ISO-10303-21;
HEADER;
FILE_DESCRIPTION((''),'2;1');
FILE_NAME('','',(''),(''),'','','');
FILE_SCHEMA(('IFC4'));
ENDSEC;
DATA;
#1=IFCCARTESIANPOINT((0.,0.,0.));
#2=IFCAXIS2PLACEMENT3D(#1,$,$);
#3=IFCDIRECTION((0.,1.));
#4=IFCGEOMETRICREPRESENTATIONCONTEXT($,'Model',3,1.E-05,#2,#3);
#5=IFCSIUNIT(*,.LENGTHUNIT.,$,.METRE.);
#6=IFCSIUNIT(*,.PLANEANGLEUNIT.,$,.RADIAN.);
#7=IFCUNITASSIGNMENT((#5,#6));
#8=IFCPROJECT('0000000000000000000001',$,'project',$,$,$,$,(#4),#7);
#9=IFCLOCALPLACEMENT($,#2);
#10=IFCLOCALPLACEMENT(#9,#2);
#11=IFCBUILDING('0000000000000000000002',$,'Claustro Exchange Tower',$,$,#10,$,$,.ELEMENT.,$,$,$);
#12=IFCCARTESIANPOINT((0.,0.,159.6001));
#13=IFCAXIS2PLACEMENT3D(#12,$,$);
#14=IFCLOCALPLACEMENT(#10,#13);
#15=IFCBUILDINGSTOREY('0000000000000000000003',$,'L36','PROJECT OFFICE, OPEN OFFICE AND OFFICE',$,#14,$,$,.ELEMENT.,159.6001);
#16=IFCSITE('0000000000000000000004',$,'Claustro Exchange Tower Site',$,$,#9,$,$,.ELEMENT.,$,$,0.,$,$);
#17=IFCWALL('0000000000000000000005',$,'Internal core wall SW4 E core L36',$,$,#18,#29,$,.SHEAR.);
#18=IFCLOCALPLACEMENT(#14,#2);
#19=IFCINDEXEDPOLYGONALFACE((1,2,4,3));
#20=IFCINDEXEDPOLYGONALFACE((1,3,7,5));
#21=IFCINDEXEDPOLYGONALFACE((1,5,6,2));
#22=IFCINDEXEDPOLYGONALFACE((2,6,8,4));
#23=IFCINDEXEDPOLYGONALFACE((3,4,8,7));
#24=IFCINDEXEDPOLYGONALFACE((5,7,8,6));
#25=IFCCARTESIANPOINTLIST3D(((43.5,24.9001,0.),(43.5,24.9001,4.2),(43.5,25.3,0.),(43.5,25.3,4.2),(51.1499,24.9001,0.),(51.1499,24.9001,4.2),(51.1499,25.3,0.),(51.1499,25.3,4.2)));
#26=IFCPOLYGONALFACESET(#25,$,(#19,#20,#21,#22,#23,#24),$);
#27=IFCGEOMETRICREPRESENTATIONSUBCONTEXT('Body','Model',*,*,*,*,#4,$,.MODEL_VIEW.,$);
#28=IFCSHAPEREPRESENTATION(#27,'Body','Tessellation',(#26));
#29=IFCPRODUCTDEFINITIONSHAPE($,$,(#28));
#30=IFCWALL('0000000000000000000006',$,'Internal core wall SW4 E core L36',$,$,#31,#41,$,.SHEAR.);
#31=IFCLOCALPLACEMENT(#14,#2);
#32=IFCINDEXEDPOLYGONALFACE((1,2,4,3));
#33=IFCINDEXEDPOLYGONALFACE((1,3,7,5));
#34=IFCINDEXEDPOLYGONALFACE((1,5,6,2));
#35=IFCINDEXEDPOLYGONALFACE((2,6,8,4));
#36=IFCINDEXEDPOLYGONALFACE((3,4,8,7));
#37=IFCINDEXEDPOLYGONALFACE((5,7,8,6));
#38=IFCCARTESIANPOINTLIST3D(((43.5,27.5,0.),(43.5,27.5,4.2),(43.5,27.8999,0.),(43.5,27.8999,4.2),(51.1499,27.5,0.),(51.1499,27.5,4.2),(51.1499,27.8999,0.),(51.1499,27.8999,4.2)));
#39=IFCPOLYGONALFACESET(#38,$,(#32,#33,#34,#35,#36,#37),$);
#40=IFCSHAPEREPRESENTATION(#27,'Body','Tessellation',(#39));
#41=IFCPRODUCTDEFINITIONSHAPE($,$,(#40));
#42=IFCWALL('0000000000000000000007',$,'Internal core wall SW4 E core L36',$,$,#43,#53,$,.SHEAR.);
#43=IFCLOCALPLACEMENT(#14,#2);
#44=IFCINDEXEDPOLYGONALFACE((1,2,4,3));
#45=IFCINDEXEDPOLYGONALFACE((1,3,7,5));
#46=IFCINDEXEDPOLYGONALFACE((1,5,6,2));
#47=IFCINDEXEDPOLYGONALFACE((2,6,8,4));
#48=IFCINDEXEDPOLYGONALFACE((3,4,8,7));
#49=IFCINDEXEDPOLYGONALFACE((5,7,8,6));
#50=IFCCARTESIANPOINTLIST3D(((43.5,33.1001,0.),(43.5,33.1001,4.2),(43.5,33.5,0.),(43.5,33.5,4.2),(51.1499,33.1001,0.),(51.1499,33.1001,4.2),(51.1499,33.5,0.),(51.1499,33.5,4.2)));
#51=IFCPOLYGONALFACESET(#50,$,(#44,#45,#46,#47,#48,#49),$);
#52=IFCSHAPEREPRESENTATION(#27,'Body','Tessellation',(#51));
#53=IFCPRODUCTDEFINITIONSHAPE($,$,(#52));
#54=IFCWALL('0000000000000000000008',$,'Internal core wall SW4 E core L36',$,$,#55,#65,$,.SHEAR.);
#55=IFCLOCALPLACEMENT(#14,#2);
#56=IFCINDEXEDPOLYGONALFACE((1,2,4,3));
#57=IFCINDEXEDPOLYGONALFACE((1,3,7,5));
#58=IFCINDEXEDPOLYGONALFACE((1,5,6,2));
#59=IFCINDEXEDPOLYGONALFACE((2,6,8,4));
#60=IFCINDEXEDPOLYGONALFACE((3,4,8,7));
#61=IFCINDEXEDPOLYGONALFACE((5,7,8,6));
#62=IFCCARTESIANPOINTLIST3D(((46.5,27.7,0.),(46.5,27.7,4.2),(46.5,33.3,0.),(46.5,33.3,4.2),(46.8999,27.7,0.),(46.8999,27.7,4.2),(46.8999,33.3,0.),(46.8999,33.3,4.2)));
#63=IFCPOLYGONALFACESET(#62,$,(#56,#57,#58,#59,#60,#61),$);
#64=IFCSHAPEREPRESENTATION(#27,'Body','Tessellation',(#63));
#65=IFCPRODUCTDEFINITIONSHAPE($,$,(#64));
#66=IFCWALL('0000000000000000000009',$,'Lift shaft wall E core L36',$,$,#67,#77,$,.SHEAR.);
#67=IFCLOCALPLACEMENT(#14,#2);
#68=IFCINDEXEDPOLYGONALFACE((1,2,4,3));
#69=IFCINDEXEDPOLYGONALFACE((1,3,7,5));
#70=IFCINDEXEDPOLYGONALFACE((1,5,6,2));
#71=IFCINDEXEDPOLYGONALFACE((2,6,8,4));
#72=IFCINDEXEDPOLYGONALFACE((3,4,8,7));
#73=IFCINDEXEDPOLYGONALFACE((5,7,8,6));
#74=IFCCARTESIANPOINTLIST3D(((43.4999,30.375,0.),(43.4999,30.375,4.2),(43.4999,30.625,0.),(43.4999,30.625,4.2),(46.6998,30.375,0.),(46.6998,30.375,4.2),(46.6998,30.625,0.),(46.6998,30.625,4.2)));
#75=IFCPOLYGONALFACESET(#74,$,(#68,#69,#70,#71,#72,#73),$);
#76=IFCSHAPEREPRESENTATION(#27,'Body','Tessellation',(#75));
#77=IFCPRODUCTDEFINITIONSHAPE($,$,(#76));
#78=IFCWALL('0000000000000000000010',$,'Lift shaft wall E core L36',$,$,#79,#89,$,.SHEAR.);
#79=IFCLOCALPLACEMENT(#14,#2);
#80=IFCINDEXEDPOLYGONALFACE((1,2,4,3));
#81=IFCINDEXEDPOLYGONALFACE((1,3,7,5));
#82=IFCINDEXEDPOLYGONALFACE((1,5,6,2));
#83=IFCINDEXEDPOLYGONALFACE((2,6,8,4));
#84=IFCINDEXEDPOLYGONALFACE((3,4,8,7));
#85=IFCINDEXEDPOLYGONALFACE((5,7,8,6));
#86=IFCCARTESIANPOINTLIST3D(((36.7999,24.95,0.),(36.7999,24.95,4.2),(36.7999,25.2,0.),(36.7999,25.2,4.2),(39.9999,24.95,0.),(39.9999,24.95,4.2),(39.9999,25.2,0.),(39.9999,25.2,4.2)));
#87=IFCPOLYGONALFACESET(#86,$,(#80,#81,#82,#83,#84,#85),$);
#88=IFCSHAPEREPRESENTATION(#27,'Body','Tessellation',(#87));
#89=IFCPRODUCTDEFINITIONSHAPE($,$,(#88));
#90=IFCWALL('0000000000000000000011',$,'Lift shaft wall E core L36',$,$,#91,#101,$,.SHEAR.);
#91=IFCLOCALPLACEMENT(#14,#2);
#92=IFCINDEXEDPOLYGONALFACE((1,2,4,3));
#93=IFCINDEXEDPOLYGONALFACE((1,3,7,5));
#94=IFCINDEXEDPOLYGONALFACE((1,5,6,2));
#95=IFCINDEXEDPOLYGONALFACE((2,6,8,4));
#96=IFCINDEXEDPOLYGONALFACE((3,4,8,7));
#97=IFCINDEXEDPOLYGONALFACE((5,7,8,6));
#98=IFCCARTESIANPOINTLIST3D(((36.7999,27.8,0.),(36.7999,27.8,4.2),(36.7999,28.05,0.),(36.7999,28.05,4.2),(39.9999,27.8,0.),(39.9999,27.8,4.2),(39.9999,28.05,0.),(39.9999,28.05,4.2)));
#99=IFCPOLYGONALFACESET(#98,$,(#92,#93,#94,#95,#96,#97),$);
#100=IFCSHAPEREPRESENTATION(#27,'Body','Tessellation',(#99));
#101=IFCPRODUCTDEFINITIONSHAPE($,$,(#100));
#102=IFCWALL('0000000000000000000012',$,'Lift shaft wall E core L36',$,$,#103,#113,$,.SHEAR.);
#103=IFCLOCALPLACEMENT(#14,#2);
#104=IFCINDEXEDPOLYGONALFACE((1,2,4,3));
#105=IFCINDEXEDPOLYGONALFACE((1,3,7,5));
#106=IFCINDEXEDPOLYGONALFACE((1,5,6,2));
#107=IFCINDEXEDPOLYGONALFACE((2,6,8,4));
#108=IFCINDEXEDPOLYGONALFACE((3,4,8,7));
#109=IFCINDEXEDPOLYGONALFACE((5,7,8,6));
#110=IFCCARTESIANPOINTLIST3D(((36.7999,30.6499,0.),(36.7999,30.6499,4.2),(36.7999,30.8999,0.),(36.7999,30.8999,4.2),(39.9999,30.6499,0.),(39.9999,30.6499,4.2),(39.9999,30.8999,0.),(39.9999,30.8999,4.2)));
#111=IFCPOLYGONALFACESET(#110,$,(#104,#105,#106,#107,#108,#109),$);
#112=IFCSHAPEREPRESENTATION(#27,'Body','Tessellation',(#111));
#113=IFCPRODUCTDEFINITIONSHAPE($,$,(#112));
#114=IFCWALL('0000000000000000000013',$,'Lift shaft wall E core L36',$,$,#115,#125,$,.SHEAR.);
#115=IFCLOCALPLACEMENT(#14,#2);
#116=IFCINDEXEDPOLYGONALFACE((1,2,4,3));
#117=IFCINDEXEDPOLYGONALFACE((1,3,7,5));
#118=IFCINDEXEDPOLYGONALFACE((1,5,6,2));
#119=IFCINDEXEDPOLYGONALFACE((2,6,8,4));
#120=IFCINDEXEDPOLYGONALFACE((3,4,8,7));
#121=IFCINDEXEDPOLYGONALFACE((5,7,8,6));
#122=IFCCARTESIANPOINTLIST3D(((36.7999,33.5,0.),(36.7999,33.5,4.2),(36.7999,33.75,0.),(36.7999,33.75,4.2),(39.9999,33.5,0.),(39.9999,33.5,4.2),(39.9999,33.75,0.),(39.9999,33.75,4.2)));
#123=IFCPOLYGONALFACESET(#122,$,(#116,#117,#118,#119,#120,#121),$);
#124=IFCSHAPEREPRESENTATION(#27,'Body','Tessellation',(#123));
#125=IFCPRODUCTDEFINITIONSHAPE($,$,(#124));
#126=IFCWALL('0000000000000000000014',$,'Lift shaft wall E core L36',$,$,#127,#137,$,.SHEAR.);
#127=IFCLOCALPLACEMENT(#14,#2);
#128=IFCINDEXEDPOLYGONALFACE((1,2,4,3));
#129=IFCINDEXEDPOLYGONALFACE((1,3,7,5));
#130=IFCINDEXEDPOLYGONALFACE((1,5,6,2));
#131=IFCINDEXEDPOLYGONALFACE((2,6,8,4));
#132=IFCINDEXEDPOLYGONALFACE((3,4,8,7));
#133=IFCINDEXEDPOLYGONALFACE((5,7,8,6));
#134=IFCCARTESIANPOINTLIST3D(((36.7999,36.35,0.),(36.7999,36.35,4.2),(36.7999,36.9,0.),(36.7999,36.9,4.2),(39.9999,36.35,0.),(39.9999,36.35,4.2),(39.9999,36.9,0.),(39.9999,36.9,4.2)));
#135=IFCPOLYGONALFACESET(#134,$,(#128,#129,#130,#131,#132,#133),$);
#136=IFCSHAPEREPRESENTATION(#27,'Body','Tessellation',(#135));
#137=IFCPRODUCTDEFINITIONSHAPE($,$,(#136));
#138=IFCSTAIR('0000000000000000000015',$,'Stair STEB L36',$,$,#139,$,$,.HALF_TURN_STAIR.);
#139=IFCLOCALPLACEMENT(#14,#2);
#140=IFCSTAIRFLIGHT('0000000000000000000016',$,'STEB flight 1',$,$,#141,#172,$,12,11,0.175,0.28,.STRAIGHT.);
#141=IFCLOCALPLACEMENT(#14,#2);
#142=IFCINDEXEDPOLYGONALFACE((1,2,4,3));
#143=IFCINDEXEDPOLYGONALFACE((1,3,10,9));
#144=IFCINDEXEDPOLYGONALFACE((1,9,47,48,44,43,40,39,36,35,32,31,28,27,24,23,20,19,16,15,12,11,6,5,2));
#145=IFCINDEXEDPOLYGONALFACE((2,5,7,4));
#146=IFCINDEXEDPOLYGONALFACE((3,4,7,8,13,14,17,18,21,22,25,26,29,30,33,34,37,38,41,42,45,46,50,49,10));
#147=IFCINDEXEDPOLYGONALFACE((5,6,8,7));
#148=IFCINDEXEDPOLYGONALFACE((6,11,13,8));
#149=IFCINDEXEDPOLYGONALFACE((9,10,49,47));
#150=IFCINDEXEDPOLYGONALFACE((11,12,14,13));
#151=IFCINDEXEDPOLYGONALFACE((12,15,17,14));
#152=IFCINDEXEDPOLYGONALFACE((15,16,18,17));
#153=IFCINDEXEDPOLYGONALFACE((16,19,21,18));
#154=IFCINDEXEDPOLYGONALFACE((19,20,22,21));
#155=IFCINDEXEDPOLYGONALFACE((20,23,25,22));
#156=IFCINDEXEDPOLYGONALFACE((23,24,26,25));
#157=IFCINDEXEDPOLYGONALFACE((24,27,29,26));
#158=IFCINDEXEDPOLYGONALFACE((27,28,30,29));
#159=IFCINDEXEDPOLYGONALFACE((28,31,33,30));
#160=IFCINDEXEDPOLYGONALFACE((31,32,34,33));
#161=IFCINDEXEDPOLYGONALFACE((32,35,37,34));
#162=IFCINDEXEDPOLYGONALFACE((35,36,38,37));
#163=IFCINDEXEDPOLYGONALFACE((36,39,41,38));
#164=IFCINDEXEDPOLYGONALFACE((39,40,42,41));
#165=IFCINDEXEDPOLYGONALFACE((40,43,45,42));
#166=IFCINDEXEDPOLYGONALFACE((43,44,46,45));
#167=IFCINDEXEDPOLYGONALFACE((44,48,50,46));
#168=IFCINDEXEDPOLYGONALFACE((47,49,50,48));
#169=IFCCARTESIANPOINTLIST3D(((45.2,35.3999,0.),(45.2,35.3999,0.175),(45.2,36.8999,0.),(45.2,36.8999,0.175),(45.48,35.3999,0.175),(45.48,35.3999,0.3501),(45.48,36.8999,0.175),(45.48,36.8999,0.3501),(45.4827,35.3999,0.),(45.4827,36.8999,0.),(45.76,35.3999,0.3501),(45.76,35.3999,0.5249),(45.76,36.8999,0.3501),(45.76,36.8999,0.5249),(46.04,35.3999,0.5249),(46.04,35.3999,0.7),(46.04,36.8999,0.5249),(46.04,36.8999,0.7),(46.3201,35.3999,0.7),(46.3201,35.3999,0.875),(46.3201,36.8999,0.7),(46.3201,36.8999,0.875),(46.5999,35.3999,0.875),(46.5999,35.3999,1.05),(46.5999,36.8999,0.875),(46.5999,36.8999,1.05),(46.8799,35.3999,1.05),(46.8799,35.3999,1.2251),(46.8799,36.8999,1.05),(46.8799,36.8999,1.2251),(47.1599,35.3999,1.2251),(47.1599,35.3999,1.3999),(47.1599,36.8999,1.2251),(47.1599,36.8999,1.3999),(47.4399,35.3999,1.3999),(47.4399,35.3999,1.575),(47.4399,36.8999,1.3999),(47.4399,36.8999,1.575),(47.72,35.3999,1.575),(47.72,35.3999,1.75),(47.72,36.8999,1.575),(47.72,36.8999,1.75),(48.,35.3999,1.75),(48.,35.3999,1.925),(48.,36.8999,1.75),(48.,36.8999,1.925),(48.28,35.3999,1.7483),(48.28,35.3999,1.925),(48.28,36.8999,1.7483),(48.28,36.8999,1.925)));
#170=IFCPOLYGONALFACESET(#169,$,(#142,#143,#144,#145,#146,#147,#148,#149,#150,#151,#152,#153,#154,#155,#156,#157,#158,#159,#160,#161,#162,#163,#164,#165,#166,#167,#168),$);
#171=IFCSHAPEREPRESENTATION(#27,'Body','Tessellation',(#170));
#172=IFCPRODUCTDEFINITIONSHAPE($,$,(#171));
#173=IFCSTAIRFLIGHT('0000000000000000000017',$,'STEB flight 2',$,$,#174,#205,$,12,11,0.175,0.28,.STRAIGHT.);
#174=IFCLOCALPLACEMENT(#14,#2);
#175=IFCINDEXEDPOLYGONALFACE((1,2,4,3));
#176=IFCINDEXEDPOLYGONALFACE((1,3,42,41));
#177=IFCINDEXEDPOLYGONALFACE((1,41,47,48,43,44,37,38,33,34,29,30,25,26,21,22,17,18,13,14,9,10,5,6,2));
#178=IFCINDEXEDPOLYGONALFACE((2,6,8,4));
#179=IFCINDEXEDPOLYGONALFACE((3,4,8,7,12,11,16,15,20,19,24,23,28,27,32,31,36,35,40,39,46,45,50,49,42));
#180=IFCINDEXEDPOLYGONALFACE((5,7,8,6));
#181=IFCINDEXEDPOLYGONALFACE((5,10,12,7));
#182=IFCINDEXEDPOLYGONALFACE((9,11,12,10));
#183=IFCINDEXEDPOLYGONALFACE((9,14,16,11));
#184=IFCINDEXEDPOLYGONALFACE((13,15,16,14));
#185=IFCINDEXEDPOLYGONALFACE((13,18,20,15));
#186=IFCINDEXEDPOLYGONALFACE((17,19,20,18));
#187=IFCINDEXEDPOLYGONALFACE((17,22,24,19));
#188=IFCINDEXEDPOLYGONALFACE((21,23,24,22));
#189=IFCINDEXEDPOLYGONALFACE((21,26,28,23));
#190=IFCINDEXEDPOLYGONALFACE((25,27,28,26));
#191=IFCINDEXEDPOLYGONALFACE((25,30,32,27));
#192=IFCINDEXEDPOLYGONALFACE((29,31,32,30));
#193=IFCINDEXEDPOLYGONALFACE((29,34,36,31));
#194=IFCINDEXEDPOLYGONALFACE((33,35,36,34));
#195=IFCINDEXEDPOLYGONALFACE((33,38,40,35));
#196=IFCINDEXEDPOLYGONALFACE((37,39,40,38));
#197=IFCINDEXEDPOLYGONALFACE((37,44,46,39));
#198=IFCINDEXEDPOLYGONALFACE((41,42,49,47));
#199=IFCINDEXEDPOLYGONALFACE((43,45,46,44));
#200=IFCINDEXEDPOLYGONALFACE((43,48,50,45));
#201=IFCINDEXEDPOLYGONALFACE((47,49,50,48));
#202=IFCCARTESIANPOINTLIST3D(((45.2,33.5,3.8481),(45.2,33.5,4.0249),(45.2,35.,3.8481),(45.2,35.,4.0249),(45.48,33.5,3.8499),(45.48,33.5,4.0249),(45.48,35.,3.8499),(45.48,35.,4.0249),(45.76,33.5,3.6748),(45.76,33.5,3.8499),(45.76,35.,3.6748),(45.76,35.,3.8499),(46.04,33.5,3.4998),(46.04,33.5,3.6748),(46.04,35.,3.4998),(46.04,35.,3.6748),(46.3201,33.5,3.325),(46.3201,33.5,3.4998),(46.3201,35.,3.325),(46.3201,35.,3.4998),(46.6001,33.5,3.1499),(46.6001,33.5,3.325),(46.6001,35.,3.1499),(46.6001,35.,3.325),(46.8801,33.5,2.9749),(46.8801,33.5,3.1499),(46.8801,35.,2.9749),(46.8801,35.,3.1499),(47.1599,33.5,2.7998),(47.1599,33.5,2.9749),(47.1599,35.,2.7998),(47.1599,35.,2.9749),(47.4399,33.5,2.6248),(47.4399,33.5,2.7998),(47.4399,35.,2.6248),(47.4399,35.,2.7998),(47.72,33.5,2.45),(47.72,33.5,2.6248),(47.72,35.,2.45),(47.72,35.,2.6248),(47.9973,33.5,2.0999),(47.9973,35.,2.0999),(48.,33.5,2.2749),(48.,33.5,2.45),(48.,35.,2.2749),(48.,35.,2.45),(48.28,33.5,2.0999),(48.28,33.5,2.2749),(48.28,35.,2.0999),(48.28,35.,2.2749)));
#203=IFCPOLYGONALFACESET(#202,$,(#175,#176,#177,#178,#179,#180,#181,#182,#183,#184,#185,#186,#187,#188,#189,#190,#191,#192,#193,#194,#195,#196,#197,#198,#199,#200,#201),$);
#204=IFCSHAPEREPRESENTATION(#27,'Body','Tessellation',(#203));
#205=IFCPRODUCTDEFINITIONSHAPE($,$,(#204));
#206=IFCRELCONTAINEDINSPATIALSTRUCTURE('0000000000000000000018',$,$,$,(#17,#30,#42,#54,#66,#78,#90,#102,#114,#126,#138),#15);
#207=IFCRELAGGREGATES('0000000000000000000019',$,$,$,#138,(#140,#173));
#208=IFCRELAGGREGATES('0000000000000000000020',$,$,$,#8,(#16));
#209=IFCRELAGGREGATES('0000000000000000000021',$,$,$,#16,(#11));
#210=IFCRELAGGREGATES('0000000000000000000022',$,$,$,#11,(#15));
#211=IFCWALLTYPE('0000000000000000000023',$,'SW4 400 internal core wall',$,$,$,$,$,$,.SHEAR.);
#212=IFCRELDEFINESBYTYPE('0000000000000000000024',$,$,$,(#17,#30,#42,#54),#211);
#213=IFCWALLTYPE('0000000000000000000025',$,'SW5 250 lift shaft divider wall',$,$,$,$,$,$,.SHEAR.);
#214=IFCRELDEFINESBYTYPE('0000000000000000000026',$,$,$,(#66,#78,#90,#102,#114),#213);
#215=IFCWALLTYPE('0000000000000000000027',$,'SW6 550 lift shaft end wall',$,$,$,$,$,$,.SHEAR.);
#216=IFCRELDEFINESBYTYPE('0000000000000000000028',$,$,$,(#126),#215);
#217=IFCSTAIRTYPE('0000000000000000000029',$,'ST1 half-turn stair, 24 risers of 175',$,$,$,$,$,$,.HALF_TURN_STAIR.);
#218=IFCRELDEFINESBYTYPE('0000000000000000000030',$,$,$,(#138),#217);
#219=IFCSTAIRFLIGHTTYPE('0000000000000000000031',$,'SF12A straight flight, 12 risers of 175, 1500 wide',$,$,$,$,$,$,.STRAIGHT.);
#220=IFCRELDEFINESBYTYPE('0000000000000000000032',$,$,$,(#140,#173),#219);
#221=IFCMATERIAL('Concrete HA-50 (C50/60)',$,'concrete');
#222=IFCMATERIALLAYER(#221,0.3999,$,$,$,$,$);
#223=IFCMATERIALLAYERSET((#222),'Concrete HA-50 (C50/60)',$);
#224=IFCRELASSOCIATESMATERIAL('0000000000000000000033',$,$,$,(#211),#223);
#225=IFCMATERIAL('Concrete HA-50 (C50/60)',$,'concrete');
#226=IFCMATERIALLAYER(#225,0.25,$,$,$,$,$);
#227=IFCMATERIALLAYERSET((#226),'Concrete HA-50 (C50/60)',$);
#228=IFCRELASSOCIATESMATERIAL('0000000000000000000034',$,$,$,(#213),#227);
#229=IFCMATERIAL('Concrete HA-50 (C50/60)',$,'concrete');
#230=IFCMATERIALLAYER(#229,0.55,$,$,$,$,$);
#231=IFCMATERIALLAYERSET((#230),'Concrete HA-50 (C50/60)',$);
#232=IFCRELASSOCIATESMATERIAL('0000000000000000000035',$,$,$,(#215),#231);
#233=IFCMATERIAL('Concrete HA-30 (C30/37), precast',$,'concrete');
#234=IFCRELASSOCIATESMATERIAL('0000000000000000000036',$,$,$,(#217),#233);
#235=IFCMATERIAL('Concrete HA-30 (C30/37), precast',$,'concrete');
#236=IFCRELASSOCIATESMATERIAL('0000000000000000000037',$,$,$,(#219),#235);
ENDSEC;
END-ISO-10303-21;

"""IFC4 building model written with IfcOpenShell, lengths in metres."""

from ifc_helpers import new_model, si_unit, direction, frame, frame_2d, origin, place, context, subcontext, project, spatial, polyline, rectangle, outline, extrude, material, layer, layer_set, type_object, element, aggregate, save


model = new_model("IFC4")

# Units and contexts
model_context = context("Model", 3, precision=1e-05, world=origin(), true_north=direction((0.0, 1.0)))
body_context = subcontext(model_context, "Body", "Model", "MODEL_VIEW")
ifc_project = project(units=[si_unit("LENGTHUNIT", "METRE"), si_unit("PLANEANGLEUNIT", "RADIAN")], contexts=[model_context])

# Site, building, storey
site_placement = place(None, origin())
site = spatial("IfcSite", under=ifc_project, at=site_placement, Name="Claustro Exchange Tower Site", CompositionType="ELEMENT", RefElevation=0.0)
building_placement = place(site_placement, origin())
building = spatial("IfcBuilding", under=site, at=building_placement, Name="Claustro Exchange Tower", CompositionType="ELEMENT")
storey_placement = place(building_placement, frame((0.0, 0.0, 159.6001)))
storey = spatial("IfcBuildingStorey", under=building, at=storey_placement, Name="L36", Description="PROJECT OFFICE, OPEN OFFICE AND OFFICE", CompositionType="ELEMENT", Elevation=159.6001)

# Walls
ifc_material_1 = material(Name="Concrete HA-50 (C50/60)", Category="concrete")
ifc_layer_1 = layer(ifc_material_1, 0.3999)
ifc_layer_set_1 = layer_set([ifc_layer_1], Name="Concrete HA-50 (C50/60)")
wall_type_1 = type_object("IfcWallType", Name="SW4 400 internal core wall", PredefinedType="SHEAR", material=ifc_layer_set_1)
for number, where, z_axis, x_axis, name in (
    (1, (51.1499, 25.1001, 0.0), (0.0, 0.0, 1.0), (-1.0, 0.0, 0.0), "Internal core wall SW4 E core L36"),
    (2, (51.1499, 27.7, 0.0), (0.0, 0.0, 1.0), (-1.0, 0.0, 0.0), "Internal core wall SW4 E core L36"),
    (3, (51.1499, 33.3, 0.0), (0.0, 0.0, 1.0), (-1.0, 0.0, 0.0), "Internal core wall SW4 E core L36"),
):
    element("IfcWall", number, at=place(storey_placement, frame(where, z_axis=z_axis, x_axis=x_axis)), inside=storey, type_object=wall_type_1, Name=name, PredefinedType="SHEAR", context=body_context, shape_type="SweptSolid", body=[
        extrude(rectangle(XDim=7.6499, YDim=0.3999, at=frame_2d((3.825, 0.0))), origin(), (0.0, 0.0, 1.0), 4.2),
    ])
wall_1_placement = place(storey_placement, frame((46.7, 27.7, 0.0), z_axis=(0.0, 0.0, 1.0), x_axis=(0.0, 1.0, 0.0)))
element("IfcWall", 4, at=wall_1_placement, inside=storey, type_object=wall_type_1, Name="Internal core wall SW4 E core L36", PredefinedType="SHEAR", context=body_context, shape_type="SweptSolid", body=[
    extrude(rectangle(XDim=5.6001, YDim=0.3999, at=frame_2d((2.8, 0.0))), origin(), (0.0, 0.0, 1.0), 4.2),
])
ifc_material_2 = material(Name="Concrete HA-50 (C50/60)", Category="concrete")
ifc_layer_2 = layer(ifc_material_2, 0.25)
ifc_layer_set_2 = layer_set([ifc_layer_2], Name="Concrete HA-50 (C50/60)")
wall_type_2 = type_object("IfcWallType", Name="SW5 250 lift shaft divider wall", PredefinedType="SHEAR", material=ifc_layer_set_2)
for number, where, z_axis, x_axis, name in (
    (5, (46.7, 30.5, 0.0), (0.0, 0.0, 1.0), (-1.0, 0.0, 0.0), "Lift shaft wall E core L36"),
    (6, (40.0, 25.075, 0.0), (0.0, 0.0, 1.0), (-1.0, 0.0, 0.0), "Lift shaft wall E core L36"),
    (7, (40.0, 27.925, 0.0), (0.0, 0.0, 1.0), (-1.0, 0.0, 0.0), "Lift shaft wall E core L36"),
    (8, (40.0, 30.7749, 0.0), (0.0, 0.0, 1.0), (-1.0, 0.0, 0.0), "Lift shaft wall E core L36"),
    (9, (40.0, 33.625, 0.0), (0.0, 0.0, 1.0), (-1.0, 0.0, 0.0), "Lift shaft wall E core L36"),
):
    element("IfcWall", number, at=place(storey_placement, frame(where, z_axis=z_axis, x_axis=x_axis)), inside=storey, type_object=wall_type_2, Name=name, PredefinedType="SHEAR", context=body_context, shape_type="SweptSolid", body=[
        extrude(rectangle(XDim=3.2, YDim=0.25, at=frame_2d((1.6001, 0.0))), origin(), (0.0, 0.0, 1.0), 4.2),
    ])
ifc_material_3 = material(Name="Concrete HA-50 (C50/60)", Category="concrete")
ifc_layer_3 = layer(ifc_material_3, 0.55)
ifc_layer_set_3 = layer_set([ifc_layer_3], Name="Concrete HA-50 (C50/60)")
wall_type_3 = type_object("IfcWallType", Name="SW6 550 lift shaft end wall", PredefinedType="SHEAR", material=ifc_layer_set_3)
wall_2_placement = place(storey_placement, frame((40.0, 36.625, 0.0), z_axis=(0.0, 0.0, 1.0), x_axis=(-1.0, 0.0, 0.0)))
element("IfcWall", 10, at=wall_2_placement, inside=storey, type_object=wall_type_3, Name="Lift shaft wall E core L36", PredefinedType="SHEAR", context=body_context, shape_type="SweptSolid", body=[
    extrude(rectangle(XDim=3.2, YDim=0.55, at=frame_2d((1.6001, 0.0))), origin(), (0.0, 0.0, 1.0), 4.2),
])

# Stair, stair flights
ifc_material_4 = material(Name="Concrete HA-30 (C30/37), precast", Category="concrete")
stair_type = type_object("IfcStairType", Name="ST1 half-turn stair, 24 risers of 175", PredefinedType="HALF_TURN_STAIR", material=ifc_material_4)
stair_placement = place(storey_placement, origin())
stair = element("IfcStair", 11, at=stair_placement, inside=storey, type_object=stair_type, Name="Stair STEB L36", PredefinedType="HALF_TURN_STAIR")
ifc_material_5 = material(Name="Concrete HA-30 (C30/37), precast", Category="concrete")
stair_flight_type = type_object("IfcStairFlightType", Name="SF12A straight flight, 12 risers of 175, 1500 wide", PredefinedType="STRAIGHT", material=ifc_material_5)
stair_flight_1_placement = place(storey_placement, frame((45.2, 36.1499, 0.0), z_axis=(0.0, 0.0, 1.0), x_axis=(1.0, 0.0, 0.0)))
stair_flight_1 = element("IfcStairFlight", 12, at=stair_flight_1_placement, type_object=stair_flight_type, Name="STEB flight 1", NumberOfRisers=12, NumberOfTreads=11, PredefinedType="STRAIGHT", RiserHeight=0.175, TreadLength=0.28, context=body_context, shape_type="SweptSolid", body=[
    extrude(outline(polyline([(0.0, 0.0), (0.0, 0.175), (0.28, 0.175), (0.28, 0.3501), (0.5601, 0.3501), (0.5601, 0.5249), (0.8401, 0.5249), (0.8401, 0.7), (1.1201, 0.7), (1.1201, 0.875), (1.3999, 0.875), (1.3999, 1.05), (1.6799, 1.05), (1.6799, 1.2251), (1.96, 1.2251), (1.96, 1.3999), (2.24, 1.3999), (2.24, 1.575), (2.52, 1.575), (2.52, 1.75), (2.8, 1.75), (2.8, 1.925), (3.0801, 1.925), (3.0801, 2.1001), (3.0801, 1.7483), (0.2827, 0.0), (0.0, 0.0)])), frame((0.0, 0.75, 0.0), z_axis=(0.0, -1.0, 0.0), x_axis=(1.0, 0.0, 0.0)), (0.0, 0.0, 1.0), 1.5),
])
stair_flight_2_placement = place(storey_placement, frame((48.28, 34.25, 2.0999), z_axis=(0.0, 0.0, 1.0), x_axis=(-1.0, 0.0, 0.0)))
stair_flight_2 = element("IfcStairFlight", 13, at=stair_flight_2_placement, type_object=stair_flight_type, Name="STEB flight 2", NumberOfRisers=12, NumberOfTreads=11, PredefinedType="STRAIGHT", RiserHeight=0.175, TreadLength=0.28, context=body_context, shape_type="SweptSolid", body=[
    extrude(outline(polyline([(0.0, 0.0), (0.0, 0.175), (0.28, 0.175), (0.28, 0.3501), (0.5601, 0.3501), (0.5601, 0.5249), (0.8401, 0.5249), (0.8401, 0.7), (1.1201, 0.7), (1.1201, 0.875), (1.3999, 0.875), (1.3999, 1.05), (1.6799, 1.05), (1.6799, 1.2251), (1.96, 1.2251), (1.96, 1.3999), (2.24, 1.3999), (2.24, 1.575), (2.52, 1.575), (2.52, 1.75), (2.8, 1.75), (2.8, 1.925), (3.0801, 1.925), (3.0801, 2.1001), (3.0801, 1.7483), (0.2827, 0.0), (0.0, 0.0)])), frame((0.0, 0.75, 0.0), z_axis=(0.0, -1.0, 0.0), x_axis=(1.0, 0.0, 0.0)), (0.0, 0.0, 1.0), 1.5),
])
aggregate(stair, [stair_flight_1, stair_flight_2])

save(model, "model.ifc")
